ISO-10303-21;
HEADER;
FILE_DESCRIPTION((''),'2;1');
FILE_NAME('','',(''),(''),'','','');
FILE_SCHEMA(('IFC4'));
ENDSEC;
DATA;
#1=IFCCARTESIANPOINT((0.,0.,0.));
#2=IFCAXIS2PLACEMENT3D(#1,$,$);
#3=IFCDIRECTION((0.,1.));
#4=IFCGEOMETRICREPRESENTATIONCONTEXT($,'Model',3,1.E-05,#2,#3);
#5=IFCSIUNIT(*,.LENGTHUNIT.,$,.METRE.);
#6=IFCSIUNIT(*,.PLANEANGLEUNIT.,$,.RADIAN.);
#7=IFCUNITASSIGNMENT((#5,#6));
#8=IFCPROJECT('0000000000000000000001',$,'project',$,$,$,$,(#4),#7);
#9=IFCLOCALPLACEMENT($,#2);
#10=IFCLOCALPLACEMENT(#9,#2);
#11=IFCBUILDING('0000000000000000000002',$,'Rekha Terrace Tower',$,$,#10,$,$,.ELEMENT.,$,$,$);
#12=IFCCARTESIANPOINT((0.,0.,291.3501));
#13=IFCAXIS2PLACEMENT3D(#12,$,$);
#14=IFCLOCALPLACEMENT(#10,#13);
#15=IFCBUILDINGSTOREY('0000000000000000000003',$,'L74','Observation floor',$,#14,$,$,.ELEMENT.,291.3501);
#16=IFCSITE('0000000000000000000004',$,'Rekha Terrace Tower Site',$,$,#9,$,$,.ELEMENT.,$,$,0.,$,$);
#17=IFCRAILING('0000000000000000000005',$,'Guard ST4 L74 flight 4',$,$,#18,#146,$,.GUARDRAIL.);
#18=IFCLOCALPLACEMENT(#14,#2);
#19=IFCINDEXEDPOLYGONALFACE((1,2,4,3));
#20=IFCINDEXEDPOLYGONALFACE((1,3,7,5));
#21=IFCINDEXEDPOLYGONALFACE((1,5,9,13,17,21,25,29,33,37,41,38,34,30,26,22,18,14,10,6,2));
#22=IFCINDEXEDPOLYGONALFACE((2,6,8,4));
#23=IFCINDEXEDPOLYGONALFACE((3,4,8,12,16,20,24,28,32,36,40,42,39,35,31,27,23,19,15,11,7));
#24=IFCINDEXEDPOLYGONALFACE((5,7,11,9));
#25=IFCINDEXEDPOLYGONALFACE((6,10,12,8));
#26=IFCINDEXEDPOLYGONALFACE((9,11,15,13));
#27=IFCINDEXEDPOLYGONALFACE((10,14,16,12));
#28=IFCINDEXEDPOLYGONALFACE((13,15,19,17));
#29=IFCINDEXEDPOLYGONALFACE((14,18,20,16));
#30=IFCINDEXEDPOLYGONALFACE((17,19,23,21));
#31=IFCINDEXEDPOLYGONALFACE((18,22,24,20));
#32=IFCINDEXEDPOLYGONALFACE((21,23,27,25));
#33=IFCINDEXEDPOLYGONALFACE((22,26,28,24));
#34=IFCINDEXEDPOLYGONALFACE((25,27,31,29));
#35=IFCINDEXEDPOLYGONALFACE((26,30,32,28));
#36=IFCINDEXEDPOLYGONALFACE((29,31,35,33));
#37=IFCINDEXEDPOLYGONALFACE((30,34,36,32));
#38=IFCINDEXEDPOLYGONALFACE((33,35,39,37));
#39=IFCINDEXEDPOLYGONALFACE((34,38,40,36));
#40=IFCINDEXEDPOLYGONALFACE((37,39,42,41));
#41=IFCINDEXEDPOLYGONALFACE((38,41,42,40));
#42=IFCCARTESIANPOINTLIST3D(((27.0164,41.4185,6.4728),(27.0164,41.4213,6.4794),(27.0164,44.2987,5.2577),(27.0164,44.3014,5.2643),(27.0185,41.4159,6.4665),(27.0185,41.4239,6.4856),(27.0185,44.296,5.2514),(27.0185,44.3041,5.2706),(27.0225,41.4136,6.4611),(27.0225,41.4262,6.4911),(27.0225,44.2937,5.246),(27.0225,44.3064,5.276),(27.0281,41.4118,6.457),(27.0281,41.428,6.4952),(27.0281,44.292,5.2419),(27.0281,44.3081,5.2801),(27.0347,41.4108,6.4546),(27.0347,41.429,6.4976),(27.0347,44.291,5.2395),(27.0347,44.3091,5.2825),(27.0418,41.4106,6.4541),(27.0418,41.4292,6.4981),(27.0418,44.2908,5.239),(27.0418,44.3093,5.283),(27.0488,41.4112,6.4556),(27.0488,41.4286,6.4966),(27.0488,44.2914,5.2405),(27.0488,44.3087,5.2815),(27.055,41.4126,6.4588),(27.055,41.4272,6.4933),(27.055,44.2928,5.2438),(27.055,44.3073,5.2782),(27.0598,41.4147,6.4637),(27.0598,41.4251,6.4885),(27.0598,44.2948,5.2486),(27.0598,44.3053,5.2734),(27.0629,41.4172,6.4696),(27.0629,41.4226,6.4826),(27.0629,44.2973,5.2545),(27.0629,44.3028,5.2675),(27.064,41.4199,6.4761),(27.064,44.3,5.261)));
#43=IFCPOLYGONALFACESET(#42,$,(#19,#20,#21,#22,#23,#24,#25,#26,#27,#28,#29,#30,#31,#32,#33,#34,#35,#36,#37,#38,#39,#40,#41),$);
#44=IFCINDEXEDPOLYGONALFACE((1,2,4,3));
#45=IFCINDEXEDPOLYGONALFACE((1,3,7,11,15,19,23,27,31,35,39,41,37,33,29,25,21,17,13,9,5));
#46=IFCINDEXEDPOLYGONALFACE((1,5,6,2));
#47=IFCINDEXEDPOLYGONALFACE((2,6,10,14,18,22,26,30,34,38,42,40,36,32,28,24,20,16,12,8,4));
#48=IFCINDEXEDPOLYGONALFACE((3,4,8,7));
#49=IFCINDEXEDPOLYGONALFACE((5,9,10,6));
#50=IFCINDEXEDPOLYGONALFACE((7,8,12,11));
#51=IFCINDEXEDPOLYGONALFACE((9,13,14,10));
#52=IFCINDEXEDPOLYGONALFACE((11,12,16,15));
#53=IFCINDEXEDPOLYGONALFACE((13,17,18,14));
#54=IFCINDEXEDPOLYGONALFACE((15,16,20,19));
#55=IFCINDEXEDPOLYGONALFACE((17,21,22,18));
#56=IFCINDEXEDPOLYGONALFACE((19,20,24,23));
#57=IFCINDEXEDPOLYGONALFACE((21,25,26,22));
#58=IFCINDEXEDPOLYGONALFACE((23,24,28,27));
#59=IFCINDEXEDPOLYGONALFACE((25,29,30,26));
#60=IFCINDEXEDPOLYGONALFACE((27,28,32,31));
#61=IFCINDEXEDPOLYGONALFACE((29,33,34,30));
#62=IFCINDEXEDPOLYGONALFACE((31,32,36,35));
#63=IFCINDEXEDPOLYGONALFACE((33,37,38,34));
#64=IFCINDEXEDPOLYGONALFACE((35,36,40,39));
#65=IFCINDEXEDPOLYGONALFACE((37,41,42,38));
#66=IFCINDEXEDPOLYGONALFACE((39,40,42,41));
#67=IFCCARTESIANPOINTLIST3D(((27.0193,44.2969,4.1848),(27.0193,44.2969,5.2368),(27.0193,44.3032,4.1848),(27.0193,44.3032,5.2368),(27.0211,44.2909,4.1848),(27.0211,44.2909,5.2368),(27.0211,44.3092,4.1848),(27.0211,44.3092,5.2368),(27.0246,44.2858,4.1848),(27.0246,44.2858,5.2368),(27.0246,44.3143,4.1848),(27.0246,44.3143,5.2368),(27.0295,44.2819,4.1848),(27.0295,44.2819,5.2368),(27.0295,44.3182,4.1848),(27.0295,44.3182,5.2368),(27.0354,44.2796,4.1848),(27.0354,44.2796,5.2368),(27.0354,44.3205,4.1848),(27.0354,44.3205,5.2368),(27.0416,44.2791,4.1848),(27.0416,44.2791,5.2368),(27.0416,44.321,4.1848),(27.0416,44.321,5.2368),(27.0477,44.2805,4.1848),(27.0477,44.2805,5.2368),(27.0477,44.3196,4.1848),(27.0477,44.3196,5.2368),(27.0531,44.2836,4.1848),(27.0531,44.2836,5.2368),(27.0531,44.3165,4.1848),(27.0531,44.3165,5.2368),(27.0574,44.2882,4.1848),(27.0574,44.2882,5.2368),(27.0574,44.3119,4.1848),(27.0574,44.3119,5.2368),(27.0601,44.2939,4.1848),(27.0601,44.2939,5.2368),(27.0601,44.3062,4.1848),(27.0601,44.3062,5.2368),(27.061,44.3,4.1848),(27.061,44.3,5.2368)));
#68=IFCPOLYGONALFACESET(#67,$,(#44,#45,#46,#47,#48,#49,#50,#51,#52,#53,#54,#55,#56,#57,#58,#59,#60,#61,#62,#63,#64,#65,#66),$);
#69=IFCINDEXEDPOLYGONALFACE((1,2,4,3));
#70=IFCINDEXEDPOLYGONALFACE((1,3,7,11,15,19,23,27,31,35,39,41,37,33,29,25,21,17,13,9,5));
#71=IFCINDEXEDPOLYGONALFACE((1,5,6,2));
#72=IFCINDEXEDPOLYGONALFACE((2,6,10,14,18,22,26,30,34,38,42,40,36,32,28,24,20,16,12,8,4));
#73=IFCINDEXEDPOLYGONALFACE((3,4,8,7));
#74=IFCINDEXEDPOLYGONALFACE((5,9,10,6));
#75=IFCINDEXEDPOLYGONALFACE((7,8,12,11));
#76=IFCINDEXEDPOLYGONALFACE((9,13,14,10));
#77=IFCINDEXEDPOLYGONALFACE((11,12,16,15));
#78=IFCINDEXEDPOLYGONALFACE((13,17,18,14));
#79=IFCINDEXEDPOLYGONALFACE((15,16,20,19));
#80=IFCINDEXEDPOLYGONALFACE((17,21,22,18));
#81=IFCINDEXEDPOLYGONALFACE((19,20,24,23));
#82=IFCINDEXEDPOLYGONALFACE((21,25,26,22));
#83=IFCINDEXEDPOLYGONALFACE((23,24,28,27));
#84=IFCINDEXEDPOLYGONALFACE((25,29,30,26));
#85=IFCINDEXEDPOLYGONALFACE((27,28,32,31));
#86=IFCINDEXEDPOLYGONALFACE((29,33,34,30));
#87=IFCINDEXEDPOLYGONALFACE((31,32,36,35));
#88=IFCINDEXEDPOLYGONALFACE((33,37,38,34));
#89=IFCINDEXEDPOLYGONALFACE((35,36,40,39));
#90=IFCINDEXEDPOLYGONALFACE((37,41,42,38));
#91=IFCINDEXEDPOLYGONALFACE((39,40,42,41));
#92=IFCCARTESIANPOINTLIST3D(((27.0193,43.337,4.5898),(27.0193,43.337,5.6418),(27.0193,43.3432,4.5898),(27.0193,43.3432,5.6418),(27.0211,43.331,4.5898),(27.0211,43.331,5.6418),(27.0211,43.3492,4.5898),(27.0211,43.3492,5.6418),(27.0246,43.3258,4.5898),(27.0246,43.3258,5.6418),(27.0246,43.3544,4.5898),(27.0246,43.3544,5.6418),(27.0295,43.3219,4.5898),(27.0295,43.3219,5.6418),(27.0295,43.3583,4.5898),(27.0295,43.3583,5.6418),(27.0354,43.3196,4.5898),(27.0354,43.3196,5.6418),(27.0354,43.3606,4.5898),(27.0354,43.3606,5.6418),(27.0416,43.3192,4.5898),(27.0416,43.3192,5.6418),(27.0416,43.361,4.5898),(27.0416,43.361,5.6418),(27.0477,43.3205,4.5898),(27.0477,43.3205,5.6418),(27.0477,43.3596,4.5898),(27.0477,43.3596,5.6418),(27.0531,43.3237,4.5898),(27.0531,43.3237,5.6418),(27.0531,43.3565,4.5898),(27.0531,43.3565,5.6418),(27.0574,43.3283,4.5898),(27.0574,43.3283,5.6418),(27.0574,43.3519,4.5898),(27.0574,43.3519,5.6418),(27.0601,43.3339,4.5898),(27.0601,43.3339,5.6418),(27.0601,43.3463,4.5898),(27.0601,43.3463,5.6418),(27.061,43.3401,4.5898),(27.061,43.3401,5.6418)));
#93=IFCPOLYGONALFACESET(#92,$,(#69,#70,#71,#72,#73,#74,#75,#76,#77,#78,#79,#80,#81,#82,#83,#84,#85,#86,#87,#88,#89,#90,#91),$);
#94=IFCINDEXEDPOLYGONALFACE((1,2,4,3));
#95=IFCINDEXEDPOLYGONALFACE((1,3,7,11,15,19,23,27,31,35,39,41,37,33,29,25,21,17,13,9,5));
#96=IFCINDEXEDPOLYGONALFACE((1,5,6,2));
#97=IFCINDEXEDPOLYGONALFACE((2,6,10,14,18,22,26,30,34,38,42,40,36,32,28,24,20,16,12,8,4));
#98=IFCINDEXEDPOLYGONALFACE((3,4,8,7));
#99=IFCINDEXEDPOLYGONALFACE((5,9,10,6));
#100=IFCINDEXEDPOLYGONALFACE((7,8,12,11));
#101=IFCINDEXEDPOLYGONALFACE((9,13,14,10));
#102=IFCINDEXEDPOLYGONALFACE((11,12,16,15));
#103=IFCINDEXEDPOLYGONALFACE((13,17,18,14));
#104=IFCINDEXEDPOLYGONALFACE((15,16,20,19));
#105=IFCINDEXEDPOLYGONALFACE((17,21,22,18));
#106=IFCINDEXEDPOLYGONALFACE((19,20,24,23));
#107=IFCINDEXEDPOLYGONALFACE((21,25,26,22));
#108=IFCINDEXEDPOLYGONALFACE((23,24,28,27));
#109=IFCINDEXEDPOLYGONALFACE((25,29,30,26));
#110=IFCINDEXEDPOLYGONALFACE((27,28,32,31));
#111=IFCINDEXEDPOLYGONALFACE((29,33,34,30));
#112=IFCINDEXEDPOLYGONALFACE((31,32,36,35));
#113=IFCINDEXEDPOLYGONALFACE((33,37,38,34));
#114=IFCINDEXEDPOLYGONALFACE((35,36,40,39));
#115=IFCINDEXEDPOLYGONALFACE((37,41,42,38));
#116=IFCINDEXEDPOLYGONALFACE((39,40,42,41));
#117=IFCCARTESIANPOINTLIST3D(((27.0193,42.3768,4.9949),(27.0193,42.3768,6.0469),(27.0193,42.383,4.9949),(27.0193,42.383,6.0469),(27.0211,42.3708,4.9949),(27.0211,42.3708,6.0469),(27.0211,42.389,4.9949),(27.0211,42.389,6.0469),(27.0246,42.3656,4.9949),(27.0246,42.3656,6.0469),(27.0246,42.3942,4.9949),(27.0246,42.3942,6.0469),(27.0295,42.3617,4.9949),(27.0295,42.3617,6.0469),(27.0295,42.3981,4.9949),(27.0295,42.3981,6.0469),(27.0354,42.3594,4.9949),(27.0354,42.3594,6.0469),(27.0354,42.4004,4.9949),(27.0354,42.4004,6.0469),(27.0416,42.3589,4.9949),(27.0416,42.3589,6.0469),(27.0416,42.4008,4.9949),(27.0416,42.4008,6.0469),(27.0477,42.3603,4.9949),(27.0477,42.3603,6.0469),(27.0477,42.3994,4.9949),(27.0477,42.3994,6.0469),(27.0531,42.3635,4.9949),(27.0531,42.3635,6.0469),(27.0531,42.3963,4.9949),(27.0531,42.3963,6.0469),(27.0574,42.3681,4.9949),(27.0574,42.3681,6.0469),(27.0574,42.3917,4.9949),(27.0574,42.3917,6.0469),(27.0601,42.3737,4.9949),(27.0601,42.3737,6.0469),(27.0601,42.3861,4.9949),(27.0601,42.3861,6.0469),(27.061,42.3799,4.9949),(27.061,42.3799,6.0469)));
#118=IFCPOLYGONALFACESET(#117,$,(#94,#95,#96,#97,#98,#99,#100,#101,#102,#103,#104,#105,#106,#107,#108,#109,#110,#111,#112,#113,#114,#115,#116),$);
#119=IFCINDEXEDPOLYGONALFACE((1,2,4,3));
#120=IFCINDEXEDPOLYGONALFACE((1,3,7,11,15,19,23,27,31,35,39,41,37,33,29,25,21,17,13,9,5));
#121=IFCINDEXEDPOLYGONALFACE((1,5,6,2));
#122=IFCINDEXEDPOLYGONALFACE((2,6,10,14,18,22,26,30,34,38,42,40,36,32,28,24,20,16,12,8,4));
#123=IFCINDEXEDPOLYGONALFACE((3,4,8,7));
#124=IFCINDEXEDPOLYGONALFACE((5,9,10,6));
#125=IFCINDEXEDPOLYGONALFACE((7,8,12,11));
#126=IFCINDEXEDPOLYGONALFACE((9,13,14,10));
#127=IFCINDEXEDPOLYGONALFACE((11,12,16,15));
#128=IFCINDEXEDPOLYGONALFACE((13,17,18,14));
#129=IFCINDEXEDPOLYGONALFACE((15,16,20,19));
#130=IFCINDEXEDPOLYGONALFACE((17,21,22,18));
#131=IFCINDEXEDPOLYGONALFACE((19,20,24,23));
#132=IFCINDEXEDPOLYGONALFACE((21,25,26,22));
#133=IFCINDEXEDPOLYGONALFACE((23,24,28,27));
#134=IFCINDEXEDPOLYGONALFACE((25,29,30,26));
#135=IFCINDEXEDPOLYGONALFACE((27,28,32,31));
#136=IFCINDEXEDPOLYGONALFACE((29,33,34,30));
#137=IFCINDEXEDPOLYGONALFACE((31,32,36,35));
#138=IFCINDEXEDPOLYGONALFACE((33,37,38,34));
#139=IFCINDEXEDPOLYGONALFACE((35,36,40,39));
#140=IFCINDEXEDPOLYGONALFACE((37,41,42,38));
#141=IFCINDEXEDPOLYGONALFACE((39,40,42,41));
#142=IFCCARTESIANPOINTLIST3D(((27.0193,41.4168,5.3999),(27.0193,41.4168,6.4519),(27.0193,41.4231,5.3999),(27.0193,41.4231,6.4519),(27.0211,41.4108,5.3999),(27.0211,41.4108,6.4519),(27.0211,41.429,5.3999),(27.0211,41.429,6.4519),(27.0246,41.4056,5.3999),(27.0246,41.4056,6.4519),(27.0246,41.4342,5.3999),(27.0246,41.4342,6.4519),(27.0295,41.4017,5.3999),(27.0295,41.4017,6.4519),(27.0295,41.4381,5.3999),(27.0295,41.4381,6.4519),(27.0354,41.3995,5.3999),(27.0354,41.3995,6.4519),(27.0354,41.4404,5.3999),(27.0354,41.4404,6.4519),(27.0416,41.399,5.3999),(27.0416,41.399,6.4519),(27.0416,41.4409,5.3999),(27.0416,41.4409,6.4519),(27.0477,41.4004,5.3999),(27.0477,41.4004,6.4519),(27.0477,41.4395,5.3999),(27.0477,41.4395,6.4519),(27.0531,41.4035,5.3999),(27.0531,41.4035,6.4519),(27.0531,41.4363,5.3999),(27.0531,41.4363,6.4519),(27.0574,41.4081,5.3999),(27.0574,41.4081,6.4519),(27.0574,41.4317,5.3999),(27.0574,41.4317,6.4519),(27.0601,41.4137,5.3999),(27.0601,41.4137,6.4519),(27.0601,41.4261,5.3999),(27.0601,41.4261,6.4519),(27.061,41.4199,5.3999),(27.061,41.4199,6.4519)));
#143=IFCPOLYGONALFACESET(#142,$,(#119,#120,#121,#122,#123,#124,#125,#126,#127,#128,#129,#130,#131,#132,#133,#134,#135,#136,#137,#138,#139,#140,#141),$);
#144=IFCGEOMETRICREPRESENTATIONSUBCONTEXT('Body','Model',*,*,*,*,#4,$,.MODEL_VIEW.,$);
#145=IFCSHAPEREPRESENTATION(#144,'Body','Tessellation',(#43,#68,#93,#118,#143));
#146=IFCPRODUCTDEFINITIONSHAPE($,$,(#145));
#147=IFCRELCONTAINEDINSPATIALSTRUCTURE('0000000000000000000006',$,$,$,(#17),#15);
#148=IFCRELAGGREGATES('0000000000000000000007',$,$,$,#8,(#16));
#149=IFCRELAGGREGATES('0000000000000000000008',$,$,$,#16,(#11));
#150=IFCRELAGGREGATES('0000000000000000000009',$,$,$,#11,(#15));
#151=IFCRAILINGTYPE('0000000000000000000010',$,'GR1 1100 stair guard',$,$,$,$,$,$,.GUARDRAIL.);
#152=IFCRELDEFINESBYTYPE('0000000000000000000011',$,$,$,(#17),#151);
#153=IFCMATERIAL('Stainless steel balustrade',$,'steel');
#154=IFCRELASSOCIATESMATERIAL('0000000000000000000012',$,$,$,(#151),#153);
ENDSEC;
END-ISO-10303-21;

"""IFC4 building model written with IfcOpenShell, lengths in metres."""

from ifc_helpers import new_model, si_unit, direction, frame, origin, origin_2d, place, context, subcontext, project, spatial, circle, extrude, material, type_object, element, save


model = new_model("IFC4")

# Units and contexts
model_context = context("Model", 3, precision=1e-05, world=origin(), true_north=direction((0.0, 1.0)))
body_context = subcontext(model_context, "Body", "Model", "MODEL_VIEW")
ifc_project = project(units=[si_unit("LENGTHUNIT", "METRE"), si_unit("PLANEANGLEUNIT", "RADIAN")], contexts=[model_context])

# Site, building, storey
site_placement = place(None, origin())
site = spatial("IfcSite", under=ifc_project, at=site_placement, Name="Rekha Terrace Tower Site", CompositionType="ELEMENT", RefElevation=0.0)
building_placement = place(site_placement, origin())
building = spatial("IfcBuilding", under=site, at=building_placement, Name="Rekha Terrace Tower", CompositionType="ELEMENT")
storey_placement = place(building_placement, frame((0.0, 0.0, 291.3501)))
storey = spatial("IfcBuildingStorey", under=building, at=storey_placement, Name="L74", Description="Observation floor", CompositionType="ELEMENT", Elevation=291.3501)

# Railing
ifc_material_1 = material(Name="Stainless steel balustrade", Category="steel")
railing_type_1 = type_object("IfcRailingType", Name="GR1 1100 stair guard", PredefinedType="GUARDRAIL", material=ifc_material_1)
railing_1_placement = place(storey_placement, frame((27.04, 44.3, 4.1848)))
element("IfcRailing", 1, at=railing_1_placement, inside=storey, type_object=railing_type_1, Name="Guard ST4 L74 flight 4", PredefinedType="GUARDRAIL", context=body_context, shape_type="SweptSolid", body=[
    extrude(circle(Radius=0.0239, at=origin_2d()), frame((0.0, 0.0, 1.0762), z_axis=(0.0, -0.92136, 0.38871), x_axis=(1.0, 0.0, 0.0)), (0.0, 0.0, 1.0), 3.126),
    extrude(circle(Radius=0.021, at=origin_2d()), origin(), (0.0, 0.0, 1.0), 1.052),
    extrude(circle(Radius=0.021, at=origin_2d()), frame((0.0, -0.96, 0.405)), (0.0, 0.0, 1.0), 1.052),
    extrude(circle(Radius=0.021, at=origin_2d()), frame((0.0, -1.9202, 0.8101)), (0.0, 0.0, 1.0), 1.052),
    extrude(circle(Radius=0.021, at=origin_2d()), frame((0.0, -2.8801, 1.2151)), (0.0, 0.0, 1.0), 1.052),
])

save(model, "model.ifc")
